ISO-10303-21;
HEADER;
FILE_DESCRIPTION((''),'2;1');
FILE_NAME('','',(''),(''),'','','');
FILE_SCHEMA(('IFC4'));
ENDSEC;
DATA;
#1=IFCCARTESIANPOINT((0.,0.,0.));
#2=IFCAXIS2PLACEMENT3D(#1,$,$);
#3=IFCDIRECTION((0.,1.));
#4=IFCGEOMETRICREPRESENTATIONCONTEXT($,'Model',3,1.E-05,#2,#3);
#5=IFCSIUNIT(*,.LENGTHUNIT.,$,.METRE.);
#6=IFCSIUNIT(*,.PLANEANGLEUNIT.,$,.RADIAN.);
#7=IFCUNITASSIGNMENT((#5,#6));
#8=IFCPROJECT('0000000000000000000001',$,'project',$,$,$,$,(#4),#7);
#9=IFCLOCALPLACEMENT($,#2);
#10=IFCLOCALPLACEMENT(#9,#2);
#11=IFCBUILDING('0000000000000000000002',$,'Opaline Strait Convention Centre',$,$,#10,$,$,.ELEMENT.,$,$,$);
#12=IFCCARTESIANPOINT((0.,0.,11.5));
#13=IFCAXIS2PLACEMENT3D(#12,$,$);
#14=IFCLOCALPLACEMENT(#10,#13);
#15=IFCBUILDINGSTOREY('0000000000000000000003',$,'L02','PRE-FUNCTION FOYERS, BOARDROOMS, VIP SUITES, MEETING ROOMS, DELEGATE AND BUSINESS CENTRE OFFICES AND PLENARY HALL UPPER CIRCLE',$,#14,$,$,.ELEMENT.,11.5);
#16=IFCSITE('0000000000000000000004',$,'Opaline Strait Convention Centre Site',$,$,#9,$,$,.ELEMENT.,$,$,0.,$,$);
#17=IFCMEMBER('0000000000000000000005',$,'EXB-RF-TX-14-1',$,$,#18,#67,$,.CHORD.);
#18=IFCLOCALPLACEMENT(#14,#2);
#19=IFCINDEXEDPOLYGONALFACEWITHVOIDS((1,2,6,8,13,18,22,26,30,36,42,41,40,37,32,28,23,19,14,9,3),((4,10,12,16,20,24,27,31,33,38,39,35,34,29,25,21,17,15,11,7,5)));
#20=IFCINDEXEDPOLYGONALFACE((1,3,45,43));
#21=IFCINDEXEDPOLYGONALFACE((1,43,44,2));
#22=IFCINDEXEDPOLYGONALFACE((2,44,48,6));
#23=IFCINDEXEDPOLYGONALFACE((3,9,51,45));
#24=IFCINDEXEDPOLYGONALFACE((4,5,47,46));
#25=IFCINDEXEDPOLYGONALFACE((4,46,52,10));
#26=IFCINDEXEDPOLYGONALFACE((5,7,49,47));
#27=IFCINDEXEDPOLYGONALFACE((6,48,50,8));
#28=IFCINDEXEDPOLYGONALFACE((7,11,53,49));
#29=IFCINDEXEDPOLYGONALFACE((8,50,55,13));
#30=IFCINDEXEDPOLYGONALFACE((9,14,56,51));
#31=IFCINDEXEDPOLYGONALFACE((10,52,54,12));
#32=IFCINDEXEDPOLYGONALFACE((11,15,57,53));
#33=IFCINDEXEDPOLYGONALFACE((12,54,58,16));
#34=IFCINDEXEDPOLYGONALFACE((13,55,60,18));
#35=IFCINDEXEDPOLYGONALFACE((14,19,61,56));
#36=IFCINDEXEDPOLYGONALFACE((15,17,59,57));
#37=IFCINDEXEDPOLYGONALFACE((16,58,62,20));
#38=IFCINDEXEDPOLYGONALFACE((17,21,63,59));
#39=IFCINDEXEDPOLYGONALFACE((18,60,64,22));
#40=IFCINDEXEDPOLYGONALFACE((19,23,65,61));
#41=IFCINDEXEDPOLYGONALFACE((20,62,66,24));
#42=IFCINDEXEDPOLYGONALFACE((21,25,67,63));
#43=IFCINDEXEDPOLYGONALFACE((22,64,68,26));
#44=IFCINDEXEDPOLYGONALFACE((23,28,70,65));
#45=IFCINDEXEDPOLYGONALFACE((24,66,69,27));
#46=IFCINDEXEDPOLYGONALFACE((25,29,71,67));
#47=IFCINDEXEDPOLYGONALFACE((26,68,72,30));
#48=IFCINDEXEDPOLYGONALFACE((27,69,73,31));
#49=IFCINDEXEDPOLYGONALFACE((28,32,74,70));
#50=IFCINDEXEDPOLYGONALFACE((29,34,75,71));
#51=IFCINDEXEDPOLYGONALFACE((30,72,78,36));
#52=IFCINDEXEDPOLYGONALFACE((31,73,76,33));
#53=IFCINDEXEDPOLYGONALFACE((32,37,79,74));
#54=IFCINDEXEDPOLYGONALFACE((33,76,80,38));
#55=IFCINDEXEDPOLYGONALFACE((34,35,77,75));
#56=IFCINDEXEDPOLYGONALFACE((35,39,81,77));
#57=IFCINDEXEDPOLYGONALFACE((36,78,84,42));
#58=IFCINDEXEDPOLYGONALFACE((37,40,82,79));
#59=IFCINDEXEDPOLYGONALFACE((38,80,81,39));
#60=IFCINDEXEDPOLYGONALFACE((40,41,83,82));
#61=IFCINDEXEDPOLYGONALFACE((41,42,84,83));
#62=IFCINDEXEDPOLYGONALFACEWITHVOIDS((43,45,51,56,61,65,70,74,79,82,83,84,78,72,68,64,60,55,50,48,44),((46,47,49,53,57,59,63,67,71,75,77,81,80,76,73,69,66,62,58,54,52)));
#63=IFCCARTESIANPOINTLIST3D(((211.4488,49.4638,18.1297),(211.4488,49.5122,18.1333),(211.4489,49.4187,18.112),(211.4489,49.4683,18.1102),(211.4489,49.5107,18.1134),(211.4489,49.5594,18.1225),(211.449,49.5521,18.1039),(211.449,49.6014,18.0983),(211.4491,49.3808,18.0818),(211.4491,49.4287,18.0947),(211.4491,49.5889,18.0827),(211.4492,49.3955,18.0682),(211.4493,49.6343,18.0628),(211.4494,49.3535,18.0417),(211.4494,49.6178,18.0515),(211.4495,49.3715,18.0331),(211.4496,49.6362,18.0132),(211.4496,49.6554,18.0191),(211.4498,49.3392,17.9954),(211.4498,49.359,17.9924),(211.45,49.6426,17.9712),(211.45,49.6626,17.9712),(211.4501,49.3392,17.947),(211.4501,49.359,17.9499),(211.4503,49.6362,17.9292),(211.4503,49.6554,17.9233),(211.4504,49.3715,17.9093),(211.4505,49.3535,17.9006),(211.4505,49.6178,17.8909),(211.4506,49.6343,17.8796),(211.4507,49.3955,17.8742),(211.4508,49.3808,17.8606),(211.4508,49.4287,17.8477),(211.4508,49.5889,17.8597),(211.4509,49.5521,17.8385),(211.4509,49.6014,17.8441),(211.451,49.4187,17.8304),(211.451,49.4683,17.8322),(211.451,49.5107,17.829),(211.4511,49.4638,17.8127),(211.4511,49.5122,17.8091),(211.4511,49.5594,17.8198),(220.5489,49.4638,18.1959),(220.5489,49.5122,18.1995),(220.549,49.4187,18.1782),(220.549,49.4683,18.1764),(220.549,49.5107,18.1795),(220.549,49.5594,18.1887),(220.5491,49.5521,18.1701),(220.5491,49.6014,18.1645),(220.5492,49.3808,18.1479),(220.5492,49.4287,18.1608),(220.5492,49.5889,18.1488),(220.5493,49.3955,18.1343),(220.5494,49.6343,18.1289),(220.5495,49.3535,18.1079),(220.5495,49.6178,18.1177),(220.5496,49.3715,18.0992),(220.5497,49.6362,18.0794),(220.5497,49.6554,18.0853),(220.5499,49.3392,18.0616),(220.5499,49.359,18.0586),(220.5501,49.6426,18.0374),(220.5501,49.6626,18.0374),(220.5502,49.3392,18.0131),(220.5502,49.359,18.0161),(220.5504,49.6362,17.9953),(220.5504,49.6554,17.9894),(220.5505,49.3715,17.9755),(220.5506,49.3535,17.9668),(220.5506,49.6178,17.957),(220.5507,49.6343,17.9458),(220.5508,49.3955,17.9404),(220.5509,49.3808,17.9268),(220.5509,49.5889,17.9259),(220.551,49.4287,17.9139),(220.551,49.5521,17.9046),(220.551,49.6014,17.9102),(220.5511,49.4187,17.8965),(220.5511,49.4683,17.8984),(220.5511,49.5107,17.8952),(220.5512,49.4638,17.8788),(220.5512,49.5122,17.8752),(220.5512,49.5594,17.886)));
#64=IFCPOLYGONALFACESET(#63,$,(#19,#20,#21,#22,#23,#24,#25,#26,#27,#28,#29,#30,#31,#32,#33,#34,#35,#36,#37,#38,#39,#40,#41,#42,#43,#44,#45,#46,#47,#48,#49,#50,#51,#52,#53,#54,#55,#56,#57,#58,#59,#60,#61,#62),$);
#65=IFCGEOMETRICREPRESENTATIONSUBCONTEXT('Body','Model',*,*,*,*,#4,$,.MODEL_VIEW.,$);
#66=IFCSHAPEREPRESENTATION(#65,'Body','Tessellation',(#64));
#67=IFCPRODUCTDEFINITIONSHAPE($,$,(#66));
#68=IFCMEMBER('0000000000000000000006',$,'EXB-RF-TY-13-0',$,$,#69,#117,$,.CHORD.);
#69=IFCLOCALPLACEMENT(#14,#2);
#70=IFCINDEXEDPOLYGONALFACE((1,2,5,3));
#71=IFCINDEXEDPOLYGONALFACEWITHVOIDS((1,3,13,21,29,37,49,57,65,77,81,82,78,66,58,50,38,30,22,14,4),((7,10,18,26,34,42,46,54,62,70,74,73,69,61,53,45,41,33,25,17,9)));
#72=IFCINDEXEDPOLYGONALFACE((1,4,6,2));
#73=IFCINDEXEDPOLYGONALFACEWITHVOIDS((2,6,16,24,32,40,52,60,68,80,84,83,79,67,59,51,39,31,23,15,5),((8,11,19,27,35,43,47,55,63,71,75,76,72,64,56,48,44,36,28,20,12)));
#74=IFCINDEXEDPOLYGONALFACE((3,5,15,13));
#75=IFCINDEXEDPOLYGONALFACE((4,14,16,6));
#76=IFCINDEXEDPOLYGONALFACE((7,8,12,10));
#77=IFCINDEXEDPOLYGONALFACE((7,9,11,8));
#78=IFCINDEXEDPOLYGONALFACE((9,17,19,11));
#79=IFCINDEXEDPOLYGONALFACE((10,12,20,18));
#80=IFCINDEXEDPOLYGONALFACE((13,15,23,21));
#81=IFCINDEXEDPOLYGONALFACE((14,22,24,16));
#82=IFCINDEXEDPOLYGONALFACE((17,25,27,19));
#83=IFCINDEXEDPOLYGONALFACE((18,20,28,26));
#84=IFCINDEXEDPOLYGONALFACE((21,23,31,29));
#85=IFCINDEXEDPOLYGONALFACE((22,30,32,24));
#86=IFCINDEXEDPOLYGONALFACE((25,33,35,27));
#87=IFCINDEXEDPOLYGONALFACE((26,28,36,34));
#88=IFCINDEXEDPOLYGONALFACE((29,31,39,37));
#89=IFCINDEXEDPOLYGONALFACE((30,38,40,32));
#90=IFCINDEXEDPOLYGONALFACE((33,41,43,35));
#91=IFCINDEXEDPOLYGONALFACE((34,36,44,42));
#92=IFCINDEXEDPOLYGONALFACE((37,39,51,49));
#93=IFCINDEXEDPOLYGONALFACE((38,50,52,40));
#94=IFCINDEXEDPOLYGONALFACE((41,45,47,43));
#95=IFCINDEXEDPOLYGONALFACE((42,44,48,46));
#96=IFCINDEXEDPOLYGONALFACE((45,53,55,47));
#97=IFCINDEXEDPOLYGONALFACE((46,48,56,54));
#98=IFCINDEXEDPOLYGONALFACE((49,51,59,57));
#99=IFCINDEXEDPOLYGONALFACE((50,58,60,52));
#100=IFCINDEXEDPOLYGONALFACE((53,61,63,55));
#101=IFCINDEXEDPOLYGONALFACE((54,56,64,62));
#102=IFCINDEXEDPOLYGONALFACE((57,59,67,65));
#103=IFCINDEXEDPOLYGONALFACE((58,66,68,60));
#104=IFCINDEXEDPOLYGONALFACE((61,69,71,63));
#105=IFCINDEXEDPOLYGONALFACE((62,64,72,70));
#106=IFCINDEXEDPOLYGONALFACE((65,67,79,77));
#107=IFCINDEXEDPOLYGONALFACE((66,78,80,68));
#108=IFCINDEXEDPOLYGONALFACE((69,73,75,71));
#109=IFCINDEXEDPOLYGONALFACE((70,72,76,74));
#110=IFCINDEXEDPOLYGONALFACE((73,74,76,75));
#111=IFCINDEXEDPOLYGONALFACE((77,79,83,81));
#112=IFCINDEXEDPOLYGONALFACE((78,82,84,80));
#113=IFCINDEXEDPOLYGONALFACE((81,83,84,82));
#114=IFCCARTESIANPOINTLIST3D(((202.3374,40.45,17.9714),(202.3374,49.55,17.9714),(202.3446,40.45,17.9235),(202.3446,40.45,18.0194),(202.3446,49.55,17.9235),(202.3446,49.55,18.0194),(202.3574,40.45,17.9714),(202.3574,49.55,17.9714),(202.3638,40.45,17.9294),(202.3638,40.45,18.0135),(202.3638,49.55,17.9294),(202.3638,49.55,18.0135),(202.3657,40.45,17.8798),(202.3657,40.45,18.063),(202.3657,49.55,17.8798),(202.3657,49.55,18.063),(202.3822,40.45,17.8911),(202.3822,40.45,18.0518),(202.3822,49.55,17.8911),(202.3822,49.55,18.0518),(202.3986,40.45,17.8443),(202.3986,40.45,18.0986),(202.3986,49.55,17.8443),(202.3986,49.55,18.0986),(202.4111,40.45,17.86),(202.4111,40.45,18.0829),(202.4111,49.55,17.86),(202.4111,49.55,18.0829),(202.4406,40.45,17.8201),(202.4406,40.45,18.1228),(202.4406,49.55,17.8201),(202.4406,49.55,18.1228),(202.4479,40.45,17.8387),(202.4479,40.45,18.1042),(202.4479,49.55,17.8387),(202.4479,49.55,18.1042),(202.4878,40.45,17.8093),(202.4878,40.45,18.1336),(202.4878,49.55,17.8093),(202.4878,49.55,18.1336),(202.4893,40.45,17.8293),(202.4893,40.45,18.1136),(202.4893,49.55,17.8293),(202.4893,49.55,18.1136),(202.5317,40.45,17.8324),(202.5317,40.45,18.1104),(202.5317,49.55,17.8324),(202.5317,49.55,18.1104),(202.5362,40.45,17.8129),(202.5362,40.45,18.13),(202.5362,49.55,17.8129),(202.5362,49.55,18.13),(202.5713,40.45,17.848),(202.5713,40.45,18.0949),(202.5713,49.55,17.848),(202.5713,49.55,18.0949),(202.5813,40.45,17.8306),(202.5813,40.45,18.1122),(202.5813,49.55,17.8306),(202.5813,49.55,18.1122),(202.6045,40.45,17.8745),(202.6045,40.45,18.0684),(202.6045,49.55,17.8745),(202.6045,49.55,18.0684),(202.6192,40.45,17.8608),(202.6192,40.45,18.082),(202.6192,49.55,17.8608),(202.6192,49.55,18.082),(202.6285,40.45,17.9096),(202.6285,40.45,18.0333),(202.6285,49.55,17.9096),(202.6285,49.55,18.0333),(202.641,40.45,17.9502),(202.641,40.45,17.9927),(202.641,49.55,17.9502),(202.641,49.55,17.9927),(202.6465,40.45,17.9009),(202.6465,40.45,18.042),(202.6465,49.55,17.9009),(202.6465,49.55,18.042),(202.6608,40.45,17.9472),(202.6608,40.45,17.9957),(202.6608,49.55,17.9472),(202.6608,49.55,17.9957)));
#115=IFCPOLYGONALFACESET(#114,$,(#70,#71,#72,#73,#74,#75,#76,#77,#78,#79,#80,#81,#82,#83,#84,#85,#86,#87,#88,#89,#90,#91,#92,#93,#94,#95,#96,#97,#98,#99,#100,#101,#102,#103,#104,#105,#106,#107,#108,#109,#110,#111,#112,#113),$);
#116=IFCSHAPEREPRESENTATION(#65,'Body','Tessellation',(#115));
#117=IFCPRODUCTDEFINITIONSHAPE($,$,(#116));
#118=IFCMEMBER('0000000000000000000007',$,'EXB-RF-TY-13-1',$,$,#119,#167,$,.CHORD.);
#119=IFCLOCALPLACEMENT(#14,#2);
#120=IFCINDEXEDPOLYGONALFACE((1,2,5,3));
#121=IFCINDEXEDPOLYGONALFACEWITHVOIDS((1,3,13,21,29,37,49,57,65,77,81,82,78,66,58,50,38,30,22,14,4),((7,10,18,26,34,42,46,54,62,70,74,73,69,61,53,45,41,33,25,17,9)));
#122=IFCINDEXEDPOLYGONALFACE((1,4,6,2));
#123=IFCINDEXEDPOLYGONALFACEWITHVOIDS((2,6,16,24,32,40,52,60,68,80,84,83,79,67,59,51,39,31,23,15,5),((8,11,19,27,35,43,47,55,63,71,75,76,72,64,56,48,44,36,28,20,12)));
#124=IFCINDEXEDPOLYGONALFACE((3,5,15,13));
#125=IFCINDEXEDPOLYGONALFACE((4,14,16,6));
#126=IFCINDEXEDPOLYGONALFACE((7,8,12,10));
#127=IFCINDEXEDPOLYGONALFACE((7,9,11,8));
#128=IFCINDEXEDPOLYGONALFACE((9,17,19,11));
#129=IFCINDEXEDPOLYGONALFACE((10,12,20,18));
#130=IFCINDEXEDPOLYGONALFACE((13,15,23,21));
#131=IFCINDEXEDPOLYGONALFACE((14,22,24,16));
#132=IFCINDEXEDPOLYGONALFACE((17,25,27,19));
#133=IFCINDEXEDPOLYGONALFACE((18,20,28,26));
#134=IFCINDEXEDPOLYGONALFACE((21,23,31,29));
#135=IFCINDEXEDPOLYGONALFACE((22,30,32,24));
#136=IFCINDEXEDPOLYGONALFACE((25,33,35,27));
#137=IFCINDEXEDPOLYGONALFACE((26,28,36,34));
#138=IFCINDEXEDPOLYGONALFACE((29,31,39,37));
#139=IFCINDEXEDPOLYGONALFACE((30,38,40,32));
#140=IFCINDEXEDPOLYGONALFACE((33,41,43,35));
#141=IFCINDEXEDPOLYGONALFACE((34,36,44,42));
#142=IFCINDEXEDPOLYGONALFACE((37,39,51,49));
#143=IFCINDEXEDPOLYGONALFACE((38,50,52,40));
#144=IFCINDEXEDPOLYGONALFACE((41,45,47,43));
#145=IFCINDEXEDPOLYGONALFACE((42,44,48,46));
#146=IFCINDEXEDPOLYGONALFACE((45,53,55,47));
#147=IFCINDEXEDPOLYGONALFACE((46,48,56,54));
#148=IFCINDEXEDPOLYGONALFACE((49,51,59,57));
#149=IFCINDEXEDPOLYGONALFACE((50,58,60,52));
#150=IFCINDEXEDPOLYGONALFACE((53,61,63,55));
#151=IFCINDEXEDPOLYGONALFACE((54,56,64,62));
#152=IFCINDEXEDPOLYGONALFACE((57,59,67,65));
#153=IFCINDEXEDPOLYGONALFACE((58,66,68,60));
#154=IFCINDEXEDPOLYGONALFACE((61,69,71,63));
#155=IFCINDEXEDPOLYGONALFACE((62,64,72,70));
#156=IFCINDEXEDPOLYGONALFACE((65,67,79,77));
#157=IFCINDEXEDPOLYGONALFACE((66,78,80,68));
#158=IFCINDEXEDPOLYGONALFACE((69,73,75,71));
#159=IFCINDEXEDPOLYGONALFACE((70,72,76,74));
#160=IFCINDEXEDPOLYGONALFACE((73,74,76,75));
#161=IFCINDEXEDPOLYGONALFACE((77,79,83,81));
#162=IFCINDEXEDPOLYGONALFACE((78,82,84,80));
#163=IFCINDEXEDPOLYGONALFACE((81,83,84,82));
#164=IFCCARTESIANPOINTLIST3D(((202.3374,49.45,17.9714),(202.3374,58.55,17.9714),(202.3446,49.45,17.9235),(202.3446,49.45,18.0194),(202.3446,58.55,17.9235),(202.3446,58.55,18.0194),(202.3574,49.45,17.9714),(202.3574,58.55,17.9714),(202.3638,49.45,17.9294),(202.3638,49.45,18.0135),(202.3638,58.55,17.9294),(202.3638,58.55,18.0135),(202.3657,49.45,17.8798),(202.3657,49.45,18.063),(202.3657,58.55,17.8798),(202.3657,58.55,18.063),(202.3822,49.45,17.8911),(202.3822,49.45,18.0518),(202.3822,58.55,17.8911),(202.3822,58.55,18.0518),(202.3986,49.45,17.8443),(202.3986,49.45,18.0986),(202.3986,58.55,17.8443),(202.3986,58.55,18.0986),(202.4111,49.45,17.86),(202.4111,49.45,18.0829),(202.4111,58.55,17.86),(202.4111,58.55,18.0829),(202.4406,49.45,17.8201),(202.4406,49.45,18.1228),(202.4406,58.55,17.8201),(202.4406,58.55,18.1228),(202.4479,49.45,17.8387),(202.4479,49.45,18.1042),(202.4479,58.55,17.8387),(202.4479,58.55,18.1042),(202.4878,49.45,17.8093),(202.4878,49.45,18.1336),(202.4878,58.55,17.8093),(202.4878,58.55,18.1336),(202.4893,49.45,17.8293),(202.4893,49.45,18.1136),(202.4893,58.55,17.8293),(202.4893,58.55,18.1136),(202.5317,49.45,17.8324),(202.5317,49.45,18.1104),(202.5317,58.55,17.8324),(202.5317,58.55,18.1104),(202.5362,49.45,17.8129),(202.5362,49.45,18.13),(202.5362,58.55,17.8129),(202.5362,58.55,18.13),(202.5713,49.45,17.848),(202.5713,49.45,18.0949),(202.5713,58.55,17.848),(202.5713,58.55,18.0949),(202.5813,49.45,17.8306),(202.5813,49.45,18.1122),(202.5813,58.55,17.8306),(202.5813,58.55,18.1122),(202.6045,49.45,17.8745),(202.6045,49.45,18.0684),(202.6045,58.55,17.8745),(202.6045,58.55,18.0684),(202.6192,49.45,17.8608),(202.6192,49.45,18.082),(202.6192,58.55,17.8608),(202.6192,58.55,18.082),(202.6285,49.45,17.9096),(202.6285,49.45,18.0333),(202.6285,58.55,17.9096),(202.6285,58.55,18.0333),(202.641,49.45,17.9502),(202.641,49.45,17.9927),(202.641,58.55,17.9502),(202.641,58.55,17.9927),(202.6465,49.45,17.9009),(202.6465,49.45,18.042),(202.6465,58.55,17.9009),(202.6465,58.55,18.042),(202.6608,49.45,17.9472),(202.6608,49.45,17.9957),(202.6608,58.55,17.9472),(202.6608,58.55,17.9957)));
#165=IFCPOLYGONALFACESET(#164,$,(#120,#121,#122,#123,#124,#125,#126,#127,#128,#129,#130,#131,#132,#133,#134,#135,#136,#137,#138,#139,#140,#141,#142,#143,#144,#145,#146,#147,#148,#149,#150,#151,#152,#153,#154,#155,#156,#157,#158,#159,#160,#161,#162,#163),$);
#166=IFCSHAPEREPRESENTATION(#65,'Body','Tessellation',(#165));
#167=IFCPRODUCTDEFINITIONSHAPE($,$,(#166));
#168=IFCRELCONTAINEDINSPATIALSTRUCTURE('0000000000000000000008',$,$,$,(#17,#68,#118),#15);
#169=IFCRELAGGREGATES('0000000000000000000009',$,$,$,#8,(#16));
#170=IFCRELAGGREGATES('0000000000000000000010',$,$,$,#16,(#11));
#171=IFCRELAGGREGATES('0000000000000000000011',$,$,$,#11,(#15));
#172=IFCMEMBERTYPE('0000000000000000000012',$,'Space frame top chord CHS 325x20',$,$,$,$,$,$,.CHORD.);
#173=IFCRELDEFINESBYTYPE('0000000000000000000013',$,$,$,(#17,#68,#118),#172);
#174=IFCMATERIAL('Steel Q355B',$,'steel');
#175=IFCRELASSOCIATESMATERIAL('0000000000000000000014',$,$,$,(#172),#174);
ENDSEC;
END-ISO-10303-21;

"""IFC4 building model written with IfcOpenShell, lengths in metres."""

from ifc_helpers import new_model, si_unit, direction, frame, origin, origin_2d, place, context, subcontext, project, spatial, hollow_circle, extrude, material, material_profile, profile_set, type_object, element, save


model = new_model("IFC4")

# Units and contexts
model_context = context("Model", 3, precision=1e-05, world=origin(), true_north=direction((0.0, 1.0)))
body_context = subcontext(model_context, "Body", "Model", "MODEL_VIEW")
ifc_project = project(units=[si_unit("LENGTHUNIT", "METRE"), si_unit("PLANEANGLEUNIT", "RADIAN")], contexts=[model_context])

# Site, building, storey
site_placement = place(None, origin())
site = spatial("IfcSite", under=ifc_project, at=site_placement, Name="Opaline Strait Convention Centre Site", CompositionType="ELEMENT", RefElevation=0.0)
building_placement = place(site_placement, origin())
building = spatial("IfcBuilding", under=site, at=building_placement, Name="Opaline Strait Convention Centre", CompositionType="ELEMENT")
storey_placement = place(building_placement, frame((0.0, 0.0, 11.5)))
storey = spatial("IfcBuildingStorey", under=building, at=storey_placement, Name="L02", Description="PRE-FUNCTION FOYERS, BOARDROOMS, VIP SUITES, MEETING ROOMS, DELEGATE AND BUSINESS CENTRE OFFICES AND PLENARY HALL UPPER CIRCLE", CompositionType="ELEMENT", Elevation=11.5)

# Members
ifc_material_1 = material(Name="Steel Q355B", Category="steel")
ifc_material_profile_1 = material_profile(ifc_material_1, hollow_circle(Radius=0.1626, WallThickness=0.02, at=origin_2d()), Name="CHS 325x20")
ifc_profile_set_1 = profile_set([ifc_material_profile_1], Name="Steel Q355B")
member_type_1 = type_object("IfcMemberType", Name="Space frame top chord CHS 325x20", PredefinedType="CHORD", material=ifc_profile_set_1)
member_1_placement = place(storey_placement, frame((211.45, 49.5, 17.9712), z_axis=(0.999974, 0.0, 0.00727), x_axis=(0.0, 1.0, 0.0)))
element("IfcMember", 1, at=member_1_placement, inside=storey, type_object=member_type_1, Name="EXB-RF-TX-14-1", PredefinedType="CHORD", context=body_context, shape_type="SweptSolid", body=[
    extrude(hollow_circle(Radius=0.1626, WallThickness=0.02, at=origin_2d()), origin(), (0.0, 0.0, 1.0), 9.1003),
])
for number, where, z_axis, x_axis, name in (
    (2, (202.5, 40.45, 17.9714), (0.0, 1.0, 0.0), (-1.0, 0.0, 0.0), "EXB-RF-TY-13-0"),
    (3, (202.5, 49.45, 17.9714), (0.0, 1.0, 0.0), (-1.0, 0.0, 0.0), "EXB-RF-TY-13-1"),
):
    element("IfcMember", number, at=place(storey_placement, frame(where, z_axis=z_axis, x_axis=x_axis)), inside=storey, type_object=member_type_1, Name=name, PredefinedType="CHORD", context=body_context, shape_type="SweptSolid", body=[
        extrude(hollow_circle(Radius=0.1626, WallThickness=0.02, at=origin_2d()), origin(), (0.0, 0.0, 1.0), 9.1001),
    ])

save(model, "model.ifc")
